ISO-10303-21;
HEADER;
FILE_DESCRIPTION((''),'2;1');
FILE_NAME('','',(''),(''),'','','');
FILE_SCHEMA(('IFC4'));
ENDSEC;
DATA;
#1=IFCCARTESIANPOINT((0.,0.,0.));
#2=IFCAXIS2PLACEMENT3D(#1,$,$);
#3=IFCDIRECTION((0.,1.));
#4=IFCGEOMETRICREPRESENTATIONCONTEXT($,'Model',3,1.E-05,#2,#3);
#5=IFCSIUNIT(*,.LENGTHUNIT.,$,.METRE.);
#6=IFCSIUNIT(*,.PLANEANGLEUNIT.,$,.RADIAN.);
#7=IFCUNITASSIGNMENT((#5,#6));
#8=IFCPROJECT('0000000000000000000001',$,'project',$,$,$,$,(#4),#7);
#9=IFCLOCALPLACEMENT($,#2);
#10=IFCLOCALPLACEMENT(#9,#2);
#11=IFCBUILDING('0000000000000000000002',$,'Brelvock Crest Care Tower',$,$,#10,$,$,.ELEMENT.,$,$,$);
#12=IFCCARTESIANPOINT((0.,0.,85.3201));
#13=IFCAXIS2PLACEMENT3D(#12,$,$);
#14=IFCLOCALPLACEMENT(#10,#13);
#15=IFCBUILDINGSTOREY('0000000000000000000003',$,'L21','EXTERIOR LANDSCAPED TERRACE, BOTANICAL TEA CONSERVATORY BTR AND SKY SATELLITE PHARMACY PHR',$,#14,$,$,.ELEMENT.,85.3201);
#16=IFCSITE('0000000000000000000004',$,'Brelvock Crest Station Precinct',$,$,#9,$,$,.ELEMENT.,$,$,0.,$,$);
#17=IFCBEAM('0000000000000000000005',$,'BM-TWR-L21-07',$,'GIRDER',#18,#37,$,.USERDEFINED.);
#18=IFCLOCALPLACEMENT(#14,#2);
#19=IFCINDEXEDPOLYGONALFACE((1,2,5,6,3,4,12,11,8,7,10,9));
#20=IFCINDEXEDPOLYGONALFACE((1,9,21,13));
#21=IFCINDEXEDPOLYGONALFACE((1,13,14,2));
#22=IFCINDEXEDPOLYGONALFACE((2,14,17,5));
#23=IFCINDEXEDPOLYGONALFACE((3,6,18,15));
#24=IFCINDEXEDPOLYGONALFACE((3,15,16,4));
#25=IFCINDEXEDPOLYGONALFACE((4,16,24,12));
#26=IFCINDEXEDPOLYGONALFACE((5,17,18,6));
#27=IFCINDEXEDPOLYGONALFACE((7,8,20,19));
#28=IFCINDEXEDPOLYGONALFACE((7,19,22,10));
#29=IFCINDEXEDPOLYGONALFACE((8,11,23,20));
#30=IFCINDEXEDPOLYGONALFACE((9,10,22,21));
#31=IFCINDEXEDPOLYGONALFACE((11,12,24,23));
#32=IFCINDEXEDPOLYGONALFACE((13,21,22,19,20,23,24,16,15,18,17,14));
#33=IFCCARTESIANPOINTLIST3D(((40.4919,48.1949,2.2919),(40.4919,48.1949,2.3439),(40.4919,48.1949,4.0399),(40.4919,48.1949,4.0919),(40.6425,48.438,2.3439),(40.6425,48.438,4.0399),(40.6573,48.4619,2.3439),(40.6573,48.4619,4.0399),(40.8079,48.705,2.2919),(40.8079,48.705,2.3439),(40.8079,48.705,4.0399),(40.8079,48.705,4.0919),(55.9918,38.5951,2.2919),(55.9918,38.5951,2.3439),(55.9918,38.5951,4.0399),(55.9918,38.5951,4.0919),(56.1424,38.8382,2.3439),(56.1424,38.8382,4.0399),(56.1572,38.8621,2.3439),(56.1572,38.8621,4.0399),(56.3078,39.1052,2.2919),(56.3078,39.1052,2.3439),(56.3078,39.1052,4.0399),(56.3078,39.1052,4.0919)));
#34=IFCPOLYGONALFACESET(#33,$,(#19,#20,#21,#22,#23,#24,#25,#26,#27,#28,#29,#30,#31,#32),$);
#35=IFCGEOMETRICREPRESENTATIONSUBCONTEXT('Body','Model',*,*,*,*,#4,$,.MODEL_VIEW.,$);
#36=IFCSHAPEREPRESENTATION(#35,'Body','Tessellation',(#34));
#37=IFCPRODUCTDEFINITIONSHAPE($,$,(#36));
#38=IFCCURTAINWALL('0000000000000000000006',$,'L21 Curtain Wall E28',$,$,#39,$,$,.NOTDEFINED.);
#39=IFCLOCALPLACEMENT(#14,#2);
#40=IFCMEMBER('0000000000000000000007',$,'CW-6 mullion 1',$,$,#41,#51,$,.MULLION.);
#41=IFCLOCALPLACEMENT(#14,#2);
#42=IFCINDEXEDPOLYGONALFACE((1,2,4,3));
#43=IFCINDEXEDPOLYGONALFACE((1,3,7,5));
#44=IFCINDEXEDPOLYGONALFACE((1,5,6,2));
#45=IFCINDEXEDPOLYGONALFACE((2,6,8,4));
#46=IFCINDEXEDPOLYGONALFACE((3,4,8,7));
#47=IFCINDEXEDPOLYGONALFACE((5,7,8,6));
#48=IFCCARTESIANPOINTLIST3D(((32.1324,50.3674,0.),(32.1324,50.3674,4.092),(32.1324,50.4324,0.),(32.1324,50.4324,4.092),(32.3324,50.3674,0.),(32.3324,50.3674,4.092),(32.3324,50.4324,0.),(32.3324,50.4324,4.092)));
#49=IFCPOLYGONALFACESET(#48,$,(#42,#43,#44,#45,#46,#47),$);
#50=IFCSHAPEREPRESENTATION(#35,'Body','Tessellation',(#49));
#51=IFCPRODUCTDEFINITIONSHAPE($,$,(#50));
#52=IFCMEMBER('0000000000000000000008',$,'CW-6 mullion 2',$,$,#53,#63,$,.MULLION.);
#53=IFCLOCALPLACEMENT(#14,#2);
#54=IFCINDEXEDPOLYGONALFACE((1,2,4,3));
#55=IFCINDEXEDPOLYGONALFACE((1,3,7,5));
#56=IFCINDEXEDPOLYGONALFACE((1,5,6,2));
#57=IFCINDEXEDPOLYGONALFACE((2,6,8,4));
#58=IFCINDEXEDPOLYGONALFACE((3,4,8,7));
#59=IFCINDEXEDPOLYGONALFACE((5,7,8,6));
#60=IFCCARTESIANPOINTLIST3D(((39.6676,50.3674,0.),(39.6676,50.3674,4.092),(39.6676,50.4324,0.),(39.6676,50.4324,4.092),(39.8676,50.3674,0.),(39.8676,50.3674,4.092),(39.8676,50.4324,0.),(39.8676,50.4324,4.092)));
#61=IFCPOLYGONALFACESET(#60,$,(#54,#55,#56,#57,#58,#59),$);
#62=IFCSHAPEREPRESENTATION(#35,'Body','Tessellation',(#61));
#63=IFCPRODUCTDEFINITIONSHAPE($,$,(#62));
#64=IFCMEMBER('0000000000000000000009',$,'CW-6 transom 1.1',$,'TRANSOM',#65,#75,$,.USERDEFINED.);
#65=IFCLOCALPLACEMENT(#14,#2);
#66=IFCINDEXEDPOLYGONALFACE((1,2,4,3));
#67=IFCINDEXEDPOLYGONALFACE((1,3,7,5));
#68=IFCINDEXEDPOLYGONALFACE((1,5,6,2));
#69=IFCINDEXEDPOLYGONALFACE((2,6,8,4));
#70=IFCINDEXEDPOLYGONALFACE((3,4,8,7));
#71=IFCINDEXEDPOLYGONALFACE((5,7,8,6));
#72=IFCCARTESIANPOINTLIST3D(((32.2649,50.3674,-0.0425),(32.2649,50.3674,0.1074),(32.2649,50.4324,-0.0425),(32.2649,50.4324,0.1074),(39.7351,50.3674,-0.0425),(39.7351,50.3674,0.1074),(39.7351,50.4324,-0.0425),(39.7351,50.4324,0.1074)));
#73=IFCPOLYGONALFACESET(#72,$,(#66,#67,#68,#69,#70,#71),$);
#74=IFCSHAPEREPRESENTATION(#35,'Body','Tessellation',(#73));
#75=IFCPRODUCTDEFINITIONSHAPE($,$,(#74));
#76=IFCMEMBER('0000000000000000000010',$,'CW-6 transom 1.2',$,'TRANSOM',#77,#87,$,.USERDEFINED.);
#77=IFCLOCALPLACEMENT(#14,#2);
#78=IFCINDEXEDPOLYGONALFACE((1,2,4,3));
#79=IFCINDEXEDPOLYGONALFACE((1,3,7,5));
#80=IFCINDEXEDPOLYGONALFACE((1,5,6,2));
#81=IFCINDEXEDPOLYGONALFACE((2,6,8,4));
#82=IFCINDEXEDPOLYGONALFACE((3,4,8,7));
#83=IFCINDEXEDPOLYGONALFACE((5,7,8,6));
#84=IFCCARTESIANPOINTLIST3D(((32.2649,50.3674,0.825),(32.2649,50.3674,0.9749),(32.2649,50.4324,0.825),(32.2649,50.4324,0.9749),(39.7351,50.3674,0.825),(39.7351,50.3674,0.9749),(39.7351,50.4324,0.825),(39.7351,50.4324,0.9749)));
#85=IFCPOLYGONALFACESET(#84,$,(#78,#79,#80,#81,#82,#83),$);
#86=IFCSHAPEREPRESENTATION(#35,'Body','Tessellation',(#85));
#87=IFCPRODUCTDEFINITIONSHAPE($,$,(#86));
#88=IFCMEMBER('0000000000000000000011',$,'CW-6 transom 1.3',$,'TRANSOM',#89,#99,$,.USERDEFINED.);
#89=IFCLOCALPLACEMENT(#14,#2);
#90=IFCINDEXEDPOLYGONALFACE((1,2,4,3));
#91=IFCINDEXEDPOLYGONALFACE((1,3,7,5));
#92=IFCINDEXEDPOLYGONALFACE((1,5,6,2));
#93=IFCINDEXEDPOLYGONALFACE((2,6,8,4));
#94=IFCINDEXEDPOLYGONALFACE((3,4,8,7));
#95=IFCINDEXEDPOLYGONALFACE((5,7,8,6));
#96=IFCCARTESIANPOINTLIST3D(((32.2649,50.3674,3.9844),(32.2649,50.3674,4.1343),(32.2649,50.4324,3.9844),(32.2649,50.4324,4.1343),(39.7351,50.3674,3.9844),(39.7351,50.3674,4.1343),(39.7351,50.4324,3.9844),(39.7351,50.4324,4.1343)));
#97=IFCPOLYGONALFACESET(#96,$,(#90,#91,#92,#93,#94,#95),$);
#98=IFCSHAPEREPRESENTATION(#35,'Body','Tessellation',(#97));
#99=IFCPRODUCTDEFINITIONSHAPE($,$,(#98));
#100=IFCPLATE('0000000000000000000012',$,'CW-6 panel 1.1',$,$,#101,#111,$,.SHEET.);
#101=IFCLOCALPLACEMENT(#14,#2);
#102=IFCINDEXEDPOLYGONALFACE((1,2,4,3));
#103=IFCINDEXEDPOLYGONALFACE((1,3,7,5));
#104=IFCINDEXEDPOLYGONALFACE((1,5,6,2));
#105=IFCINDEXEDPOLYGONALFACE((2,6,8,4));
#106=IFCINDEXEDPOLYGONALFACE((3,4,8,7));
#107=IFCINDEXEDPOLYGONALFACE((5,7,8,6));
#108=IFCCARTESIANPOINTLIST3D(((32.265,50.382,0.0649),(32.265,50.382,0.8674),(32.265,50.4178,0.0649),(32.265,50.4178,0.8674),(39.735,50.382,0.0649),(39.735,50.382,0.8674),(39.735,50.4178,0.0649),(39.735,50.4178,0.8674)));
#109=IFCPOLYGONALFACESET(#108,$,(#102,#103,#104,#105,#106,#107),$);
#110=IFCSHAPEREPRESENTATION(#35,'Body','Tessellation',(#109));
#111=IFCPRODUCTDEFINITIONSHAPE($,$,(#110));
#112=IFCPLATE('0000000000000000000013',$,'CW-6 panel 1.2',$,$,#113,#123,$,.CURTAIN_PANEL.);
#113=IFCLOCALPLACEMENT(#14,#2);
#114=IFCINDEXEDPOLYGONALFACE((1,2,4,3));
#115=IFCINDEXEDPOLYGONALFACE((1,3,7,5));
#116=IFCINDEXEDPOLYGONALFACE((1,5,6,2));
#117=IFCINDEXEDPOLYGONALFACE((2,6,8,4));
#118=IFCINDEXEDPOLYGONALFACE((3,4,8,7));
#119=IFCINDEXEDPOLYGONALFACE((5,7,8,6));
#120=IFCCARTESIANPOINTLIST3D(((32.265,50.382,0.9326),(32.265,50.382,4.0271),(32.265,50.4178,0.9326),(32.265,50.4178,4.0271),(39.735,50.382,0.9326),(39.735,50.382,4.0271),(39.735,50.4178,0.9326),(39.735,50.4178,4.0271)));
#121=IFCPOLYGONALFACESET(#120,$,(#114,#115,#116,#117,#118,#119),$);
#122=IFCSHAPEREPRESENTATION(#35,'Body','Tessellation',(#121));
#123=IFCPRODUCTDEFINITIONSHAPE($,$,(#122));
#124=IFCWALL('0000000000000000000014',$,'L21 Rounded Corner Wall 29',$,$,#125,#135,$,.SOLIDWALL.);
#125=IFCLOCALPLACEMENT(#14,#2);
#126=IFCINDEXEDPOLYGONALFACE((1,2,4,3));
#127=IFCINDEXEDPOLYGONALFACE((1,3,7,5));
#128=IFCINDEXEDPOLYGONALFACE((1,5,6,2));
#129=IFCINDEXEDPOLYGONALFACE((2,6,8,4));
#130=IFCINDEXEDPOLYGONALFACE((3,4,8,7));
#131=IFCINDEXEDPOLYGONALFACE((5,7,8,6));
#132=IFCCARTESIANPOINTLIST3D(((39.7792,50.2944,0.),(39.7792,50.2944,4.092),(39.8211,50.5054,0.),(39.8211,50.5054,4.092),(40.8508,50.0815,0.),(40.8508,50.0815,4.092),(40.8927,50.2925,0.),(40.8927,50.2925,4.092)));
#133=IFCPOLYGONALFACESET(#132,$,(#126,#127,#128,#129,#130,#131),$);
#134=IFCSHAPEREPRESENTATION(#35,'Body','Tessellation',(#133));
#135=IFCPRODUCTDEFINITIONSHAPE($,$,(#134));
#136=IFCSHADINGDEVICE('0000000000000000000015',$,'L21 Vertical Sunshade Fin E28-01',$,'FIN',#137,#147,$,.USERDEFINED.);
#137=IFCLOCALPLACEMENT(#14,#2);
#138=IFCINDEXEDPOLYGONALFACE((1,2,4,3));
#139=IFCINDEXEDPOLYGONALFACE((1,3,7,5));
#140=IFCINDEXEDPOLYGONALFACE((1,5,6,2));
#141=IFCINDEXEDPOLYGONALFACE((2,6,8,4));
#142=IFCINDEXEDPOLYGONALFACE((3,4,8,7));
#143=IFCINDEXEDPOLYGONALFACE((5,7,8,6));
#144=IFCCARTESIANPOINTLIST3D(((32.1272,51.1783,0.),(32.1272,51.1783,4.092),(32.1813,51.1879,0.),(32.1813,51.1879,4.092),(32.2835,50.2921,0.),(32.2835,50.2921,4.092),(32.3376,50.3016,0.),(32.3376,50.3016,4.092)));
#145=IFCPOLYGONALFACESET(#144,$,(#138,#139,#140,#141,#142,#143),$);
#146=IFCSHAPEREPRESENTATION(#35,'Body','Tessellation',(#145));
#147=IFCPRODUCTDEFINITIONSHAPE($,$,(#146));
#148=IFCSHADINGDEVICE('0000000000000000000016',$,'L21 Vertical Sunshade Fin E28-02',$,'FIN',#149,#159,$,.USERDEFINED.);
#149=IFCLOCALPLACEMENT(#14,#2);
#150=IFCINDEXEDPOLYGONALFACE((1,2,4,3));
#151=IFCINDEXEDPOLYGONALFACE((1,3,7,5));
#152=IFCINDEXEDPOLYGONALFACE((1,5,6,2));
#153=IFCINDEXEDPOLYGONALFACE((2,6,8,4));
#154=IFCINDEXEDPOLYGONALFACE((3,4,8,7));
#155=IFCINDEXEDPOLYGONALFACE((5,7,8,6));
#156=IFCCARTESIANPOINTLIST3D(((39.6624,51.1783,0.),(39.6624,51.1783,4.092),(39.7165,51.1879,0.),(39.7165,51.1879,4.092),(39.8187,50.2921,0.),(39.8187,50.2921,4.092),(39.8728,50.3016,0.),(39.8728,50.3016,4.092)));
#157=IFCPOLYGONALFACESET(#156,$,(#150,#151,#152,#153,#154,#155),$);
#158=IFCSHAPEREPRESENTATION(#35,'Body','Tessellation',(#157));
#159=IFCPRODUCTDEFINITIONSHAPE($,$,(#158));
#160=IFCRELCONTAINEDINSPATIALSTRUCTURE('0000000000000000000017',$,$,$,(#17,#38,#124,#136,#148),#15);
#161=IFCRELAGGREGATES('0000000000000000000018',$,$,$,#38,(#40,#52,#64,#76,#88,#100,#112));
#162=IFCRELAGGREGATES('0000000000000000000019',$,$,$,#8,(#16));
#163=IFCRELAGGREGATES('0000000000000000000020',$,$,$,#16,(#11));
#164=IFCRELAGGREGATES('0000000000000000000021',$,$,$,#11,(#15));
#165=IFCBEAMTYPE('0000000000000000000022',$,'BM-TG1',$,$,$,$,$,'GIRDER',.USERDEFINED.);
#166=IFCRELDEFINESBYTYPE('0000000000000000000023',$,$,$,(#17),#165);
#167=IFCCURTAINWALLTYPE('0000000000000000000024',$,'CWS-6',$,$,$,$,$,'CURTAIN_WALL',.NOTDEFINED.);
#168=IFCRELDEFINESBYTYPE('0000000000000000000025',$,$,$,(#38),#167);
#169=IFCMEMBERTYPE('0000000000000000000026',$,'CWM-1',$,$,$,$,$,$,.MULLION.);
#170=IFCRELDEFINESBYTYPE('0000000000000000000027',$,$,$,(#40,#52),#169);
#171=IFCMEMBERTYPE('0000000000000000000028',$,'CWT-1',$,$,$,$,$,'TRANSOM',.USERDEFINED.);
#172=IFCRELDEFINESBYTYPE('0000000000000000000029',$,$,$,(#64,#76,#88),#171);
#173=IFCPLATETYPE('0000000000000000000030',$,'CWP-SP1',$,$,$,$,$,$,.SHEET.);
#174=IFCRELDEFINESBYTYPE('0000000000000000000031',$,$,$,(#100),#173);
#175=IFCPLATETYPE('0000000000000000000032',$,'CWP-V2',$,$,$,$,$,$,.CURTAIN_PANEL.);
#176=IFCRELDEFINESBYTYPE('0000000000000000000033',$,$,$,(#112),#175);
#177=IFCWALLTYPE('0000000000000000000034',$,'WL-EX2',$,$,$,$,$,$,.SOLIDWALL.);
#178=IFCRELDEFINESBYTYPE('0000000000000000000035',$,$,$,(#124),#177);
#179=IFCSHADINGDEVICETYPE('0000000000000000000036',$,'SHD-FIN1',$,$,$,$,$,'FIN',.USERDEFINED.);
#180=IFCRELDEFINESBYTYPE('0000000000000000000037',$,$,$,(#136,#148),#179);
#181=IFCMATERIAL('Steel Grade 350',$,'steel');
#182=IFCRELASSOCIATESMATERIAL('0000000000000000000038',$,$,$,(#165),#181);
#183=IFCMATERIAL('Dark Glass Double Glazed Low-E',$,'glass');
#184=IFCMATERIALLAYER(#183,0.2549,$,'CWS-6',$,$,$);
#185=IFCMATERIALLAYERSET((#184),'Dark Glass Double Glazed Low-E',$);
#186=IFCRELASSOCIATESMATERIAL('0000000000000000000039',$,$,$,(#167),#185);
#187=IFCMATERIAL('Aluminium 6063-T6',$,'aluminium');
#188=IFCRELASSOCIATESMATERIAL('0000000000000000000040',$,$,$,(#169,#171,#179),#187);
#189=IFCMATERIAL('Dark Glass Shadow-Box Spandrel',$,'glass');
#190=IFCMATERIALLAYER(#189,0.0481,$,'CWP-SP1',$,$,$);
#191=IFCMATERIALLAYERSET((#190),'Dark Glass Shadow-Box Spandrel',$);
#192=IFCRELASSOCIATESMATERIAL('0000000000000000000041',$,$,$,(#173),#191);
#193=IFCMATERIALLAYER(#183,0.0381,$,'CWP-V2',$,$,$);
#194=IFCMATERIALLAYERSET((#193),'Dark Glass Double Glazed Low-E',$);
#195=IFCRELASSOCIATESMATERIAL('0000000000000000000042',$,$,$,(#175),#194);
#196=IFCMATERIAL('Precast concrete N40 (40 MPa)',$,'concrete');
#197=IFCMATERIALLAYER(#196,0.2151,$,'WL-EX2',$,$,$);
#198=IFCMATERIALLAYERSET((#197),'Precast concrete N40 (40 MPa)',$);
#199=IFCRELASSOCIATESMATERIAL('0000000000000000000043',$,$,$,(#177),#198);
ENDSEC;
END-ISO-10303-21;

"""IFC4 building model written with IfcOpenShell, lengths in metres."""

from ifc_helpers import new_model, si_unit, direction, frame, frame_2d, origin, origin_2d, place, context, subcontext, project, spatial, rectangle, i_section, extrude, source, transform, mapped, material, layer, layer_set, material_profile, profile_set, type_object, element, aggregate, save


model = new_model("IFC4")

# Units and contexts
model_context = context("Model", 3, precision=1e-05, world=origin(), true_north=direction((0.0, 1.0)))
body_context = subcontext(model_context, "Body", "Model", "MODEL_VIEW")
ifc_project = project(units=[si_unit("LENGTHUNIT", "METRE"), si_unit("PLANEANGLEUNIT", "RADIAN")], contexts=[model_context])

# Site, building, storey
site_placement = place(None, origin())
site = spatial("IfcSite", under=ifc_project, at=site_placement, Name="Brelvock Crest Station Precinct", CompositionType="ELEMENT", RefElevation=0.0)
building_placement = place(site_placement, origin())
building = spatial("IfcBuilding", under=site, at=building_placement, Name="Brelvock Crest Care Tower", CompositionType="ELEMENT")
storey_placement = place(building_placement, frame((0.0, 0.0, 85.3201)))
storey = spatial("IfcBuildingStorey", under=building, at=storey_placement, Name="L21", Description="EXTERIOR LANDSCAPED TERRACE, BOTANICAL TEA CONSERVATORY BTR AND SKY SATELLITE PHARMACY PHR", CompositionType="ELEMENT", Elevation=85.3201)

# Beam
ifc_material_1 = material(Name="Steel Grade 350", Category="steel")
ifc_material_profile_1 = material_profile(ifc_material_1, i_section(OverallWidth=0.6001, OverallDepth=1.8, WebThickness=0.0281, FlangeThickness=0.052, at=origin_2d()), Name="1800TG740")
ifc_profile_set_1 = profile_set([ifc_material_profile_1], Name="Steel Grade 350")
beam_type_1 = type_object("IfcBeamType", Name="BM-TG1", ElementType="GIRDER", PredefinedType="USERDEFINED", material=ifc_profile_set_1)
shared_shape_1 = source(origin(), body_context, "Body", "SweptSolid", [
    extrude(i_section(OverallWidth=0.6001, OverallDepth=1.8, WebThickness=0.0281, FlangeThickness=0.052, at=origin_2d()), origin(), (0.0, 0.0, 1.0), 18.2319),
])
beam_placement = place(storey_placement, frame((40.6499, 48.45, 3.1919), z_axis=(0.850152, -0.526538, 0.0), x_axis=(0.526538, 0.850152, 0.0)))
element("IfcBeam", 1, at=beam_placement, inside=storey, type_object=beam_type_1, Name="BM-TWR-L21-07", ObjectType="GIRDER", PredefinedType="USERDEFINED", context=body_context, shape_type="MappedRepresentation", body=[
    mapped(shared_shape_1, transform((0.0, 0.0, 0.0), x_axis=(1.0, 0.0, 0.0), y_axis=(0.0, 1.0, 0.0), z_axis=(0.0, 0.0, 1.0), scale=1.0)),
])

# Curtain wall, members, plates
ifc_material_2 = material(Name="Dark Glass Double Glazed Low-E", Category="glass")
ifc_layer_1 = layer(ifc_material_2, 0.2549, Name="CWS-6")
ifc_layer_set_1 = layer_set([ifc_layer_1], Name="Dark Glass Double Glazed Low-E")
curtain_wall_type = type_object("IfcCurtainWallType", Name="CWS-6", ElementType="CURTAIN_WALL", PredefinedType="NOTDEFINED", material=ifc_layer_set_1)
curtain_wall_placement = place(storey_placement, origin())
curtain_wall = element("IfcCurtainWall", 2, at=curtain_wall_placement, inside=storey, type_object=curtain_wall_type, Name="L21 Curtain Wall E28", PredefinedType="NOTDEFINED")
ifc_material_3 = material(Name="Aluminium 6063-T6", Category="aluminium")
ifc_material_profile_2 = material_profile(ifc_material_3, rectangle(XDim=0.0649, YDim=0.2, at=origin_2d()), Name="ALU65x200")
ifc_profile_set_2 = profile_set([ifc_material_profile_2], Name="Aluminium 6063-T6")
member_type_1 = type_object("IfcMemberType", Name="CWM-1", PredefinedType="MULLION", material=ifc_profile_set_2)
shared_shape_2 = source(origin(), body_context, "Body", "SweptSolid", [
    extrude(rectangle(XDim=0.0649, YDim=0.2, at=origin_2d()), origin(), (0.0, 0.0, 1.0), 4.092),
])
member_1_placement = place(storey_placement, frame((32.2324, 50.3999, 0.0), z_axis=(0.0, 0.0, 1.0), x_axis=(0.0, 1.0, 0.0)))
member_1 = element("IfcMember", 3, at=member_1_placement, type_object=member_type_1, Name="CW-6 mullion 1", PredefinedType="MULLION", context=body_context, shape_type="MappedRepresentation", body=[
    mapped(shared_shape_2, transform((0.0, 0.0, 0.0), x_axis=(1.0, 0.0, 0.0), y_axis=(0.0, 1.0, 0.0), z_axis=(0.0, 0.0, 1.0), scale=1.0)),
])
member_2_placement = place(storey_placement, frame((39.7676, 50.3999, 0.0), z_axis=(0.0, 0.0, 1.0), x_axis=(0.0, 1.0, 0.0)))
member_2 = element("IfcMember", 4, at=member_2_placement, type_object=member_type_1, Name="CW-6 mullion 2", PredefinedType="MULLION", context=body_context, shape_type="MappedRepresentation", body=[
    mapped(shared_shape_2, transform((0.0, 0.0, 0.0), x_axis=(1.0, 0.0, 0.0), y_axis=(0.0, 1.0, 0.0), z_axis=(0.0, 0.0, 1.0), scale=1.0)),
])
ifc_material_profile_3 = material_profile(ifc_material_3, rectangle(XDim=0.0649, YDim=0.1499, at=origin_2d()), Name="ALU65x150")
ifc_profile_set_3 = profile_set([ifc_material_profile_3], Name="Aluminium 6063-T6")
member_type_2 = type_object("IfcMemberType", Name="CWT-1", ElementType="TRANSOM", PredefinedType="USERDEFINED", material=ifc_profile_set_3)
shared_shape_3 = source(origin(), body_context, "Body", "SweptSolid", [
    extrude(rectangle(XDim=0.0649, YDim=0.1499, at=origin_2d()), origin(), (0.0, 0.0, 1.0), 7.4702),
])
member_3_placement = place(storey_placement, frame((32.2649, 50.3999, 0.0325), z_axis=(1.0, 0.0, 0.0), x_axis=(0.0, 1.0, 0.0)))
member_3 = element("IfcMember", 5, at=member_3_placement, type_object=member_type_2, Name="CW-6 transom 1.1", ObjectType="TRANSOM", PredefinedType="USERDEFINED", context=body_context, shape_type="MappedRepresentation", body=[
    mapped(shared_shape_3, transform((0.0, 0.0, 0.0), x_axis=(1.0, 0.0, 0.0), y_axis=(0.0, 1.0, 0.0), z_axis=(0.0, 0.0, 1.0), scale=1.0)),
])
member_4_placement = place(storey_placement, frame((32.2649, 50.3999, 0.8999), z_axis=(1.0, 0.0, 0.0), x_axis=(0.0, 1.0, 0.0)))
member_4 = element("IfcMember", 6, at=member_4_placement, type_object=member_type_2, Name="CW-6 transom 1.2", ObjectType="TRANSOM", PredefinedType="USERDEFINED", context=body_context, shape_type="MappedRepresentation", body=[
    mapped(shared_shape_3, transform((0.0, 0.0, 0.0), x_axis=(1.0, 0.0, 0.0), y_axis=(0.0, 1.0, 0.0), z_axis=(0.0, 0.0, 1.0), scale=1.0)),
])
member_5_placement = place(storey_placement, frame((32.2649, 50.3999, 4.0593), z_axis=(1.0, 0.0, 0.0), x_axis=(0.0, 1.0, 0.0)))
member_5 = element("IfcMember", 7, at=member_5_placement, type_object=member_type_2, Name="CW-6 transom 1.3", ObjectType="TRANSOM", PredefinedType="USERDEFINED", context=body_context, shape_type="MappedRepresentation", body=[
    mapped(shared_shape_3, transform((0.0, 0.0, 0.0), x_axis=(1.0, 0.0, 0.0), y_axis=(0.0, 1.0, 0.0), z_axis=(0.0, 0.0, 1.0), scale=1.0)),
])
ifc_material_4 = material(Name="Dark Glass Shadow-Box Spandrel", Category="glass")
ifc_layer_2 = layer(ifc_material_4, 0.0481, Name="CWP-SP1")
ifc_layer_set_2 = layer_set([ifc_layer_2], Name="Dark Glass Shadow-Box Spandrel")
plate_type_1 = type_object("IfcPlateType", Name="CWP-SP1", PredefinedType="SHEET", material=ifc_layer_set_2)
shared_shape_4 = source(origin(), body_context, "Body", "SweptSolid", [
    extrude(rectangle(XDim=7.47, YDim=0.0359, at=origin_2d()), origin(), (0.0, 0.0, 1.0), 0.8025),
])
plate_1_placement = place(storey_placement, frame((36.0, 50.3999, 0.0649), z_axis=(0.0, 0.0, 1.0), x_axis=(1.0, 0.0, 0.0)))
plate_1 = element("IfcPlate", 8, at=plate_1_placement, type_object=plate_type_1, Name="CW-6 panel 1.1", PredefinedType="SHEET", context=body_context, shape_type="MappedRepresentation", body=[
    mapped(shared_shape_4, transform((0.0, 0.0, 0.0), x_axis=(1.0, 0.0, 0.0), y_axis=(0.0, 1.0, 0.0), z_axis=(0.0, 0.0, 1.0), scale=1.0)),
])
ifc_layer_3 = layer(ifc_material_2, 0.0381, Name="CWP-V2")
ifc_layer_set_3 = layer_set([ifc_layer_3], Name="Dark Glass Double Glazed Low-E")
plate_type_2 = type_object("IfcPlateType", Name="CWP-V2", PredefinedType="CURTAIN_PANEL", material=ifc_layer_set_3)
shared_shape_5 = source(origin(), body_context, "Body", "SweptSolid", [
    extrude(rectangle(XDim=7.47, YDim=0.0359, at=origin_2d()), origin(), (0.0, 0.0, 1.0), 3.0945),
])
plate_2_placement = place(storey_placement, frame((36.0, 50.3999, 0.9326), z_axis=(0.0, 0.0, 1.0), x_axis=(1.0, 0.0, 0.0)))
plate_2 = element("IfcPlate", 9, at=plate_2_placement, type_object=plate_type_2, Name="CW-6 panel 1.2", PredefinedType="CURTAIN_PANEL", context=body_context, shape_type="MappedRepresentation", body=[
    mapped(shared_shape_5, transform((0.0, 0.0, 0.0), x_axis=(1.0, 0.0, 0.0), y_axis=(0.0, 1.0, 0.0), z_axis=(0.0, 0.0, 1.0), scale=1.0)),
])
aggregate(curtain_wall, [member_1, member_2, member_3, member_4, member_5, plate_1, plate_2])

# Wall
ifc_material_5 = material(Name="Precast concrete N40 (40 MPa)", Category="concrete")
ifc_layer_4 = layer(ifc_material_5, 0.2151, Name="WL-EX2")
ifc_layer_set_4 = layer_set([ifc_layer_4], Name="Precast concrete N40 (40 MPa)")
wall_type = type_object("IfcWallType", Name="WL-EX2", PredefinedType="SOLIDWALL", material=ifc_layer_set_4)
wall_placement = place(storey_placement, frame((39.8, 50.3999, 0.0), z_axis=(0.0, 0.0, 1.0), x_axis=(0.980829, -0.19487, 0.0)))
element("IfcWall", 10, at=wall_placement, inside=storey, type_object=wall_type, Name="L21 Rounded Corner Wall 29", PredefinedType="SOLIDWALL", context=body_context, shape_type="SweptSolid", body=[
    extrude(rectangle(XDim=1.0925, YDim=0.2151, at=frame_2d((0.5464, 0.0))), origin(), (0.0, 0.0, 1.0), 4.092),
])

# Shading devices
ifc_material_profile_4 = material_profile(ifc_material_3, rectangle(XDim=0.0549, YDim=0.8999, at=origin_2d()), Name="FIN55x900")
ifc_profile_set_4 = profile_set([ifc_material_profile_4], Name="Aluminium 6063-T6")
shading_device_type = type_object("IfcShadingDeviceType", Name="SHD-FIN1", ElementType="FIN", PredefinedType="USERDEFINED", material=ifc_profile_set_4)
shared_shape_6 = source(origin(), body_context, "Body", "SweptSolid", [
    extrude(rectangle(XDim=0.0549, YDim=0.8999, at=origin_2d()), origin(), (0.0, 0.0, 1.0), 4.092),
])
for number, where, z_axis, x_axis, name in (
    (11, (32.2324, 50.74, 0.0), (0.0, 0.0, 1.0), (0.984808, 0.173648, 0.0), "L21 Vertical Sunshade Fin E28-01"),
    (12, (39.7676, 50.74, 0.0), (0.0, 0.0, 1.0), (0.984808, 0.173648, 0.0), "L21 Vertical Sunshade Fin E28-02"),
):
    element("IfcShadingDevice", number, at=place(storey_placement, frame(where, z_axis=z_axis, x_axis=x_axis)), inside=storey, type_object=shading_device_type, Name=name, ObjectType="FIN", PredefinedType="USERDEFINED", context=body_context, shape_type="MappedRepresentation", body=[
        mapped(shared_shape_6, transform((0.0, 0.0, 0.0), x_axis=(1.0, 0.0, 0.0), y_axis=(0.0, 1.0, 0.0), z_axis=(0.0, 0.0, 1.0), scale=1.0)),
    ])

save(model, "model.ifc")
